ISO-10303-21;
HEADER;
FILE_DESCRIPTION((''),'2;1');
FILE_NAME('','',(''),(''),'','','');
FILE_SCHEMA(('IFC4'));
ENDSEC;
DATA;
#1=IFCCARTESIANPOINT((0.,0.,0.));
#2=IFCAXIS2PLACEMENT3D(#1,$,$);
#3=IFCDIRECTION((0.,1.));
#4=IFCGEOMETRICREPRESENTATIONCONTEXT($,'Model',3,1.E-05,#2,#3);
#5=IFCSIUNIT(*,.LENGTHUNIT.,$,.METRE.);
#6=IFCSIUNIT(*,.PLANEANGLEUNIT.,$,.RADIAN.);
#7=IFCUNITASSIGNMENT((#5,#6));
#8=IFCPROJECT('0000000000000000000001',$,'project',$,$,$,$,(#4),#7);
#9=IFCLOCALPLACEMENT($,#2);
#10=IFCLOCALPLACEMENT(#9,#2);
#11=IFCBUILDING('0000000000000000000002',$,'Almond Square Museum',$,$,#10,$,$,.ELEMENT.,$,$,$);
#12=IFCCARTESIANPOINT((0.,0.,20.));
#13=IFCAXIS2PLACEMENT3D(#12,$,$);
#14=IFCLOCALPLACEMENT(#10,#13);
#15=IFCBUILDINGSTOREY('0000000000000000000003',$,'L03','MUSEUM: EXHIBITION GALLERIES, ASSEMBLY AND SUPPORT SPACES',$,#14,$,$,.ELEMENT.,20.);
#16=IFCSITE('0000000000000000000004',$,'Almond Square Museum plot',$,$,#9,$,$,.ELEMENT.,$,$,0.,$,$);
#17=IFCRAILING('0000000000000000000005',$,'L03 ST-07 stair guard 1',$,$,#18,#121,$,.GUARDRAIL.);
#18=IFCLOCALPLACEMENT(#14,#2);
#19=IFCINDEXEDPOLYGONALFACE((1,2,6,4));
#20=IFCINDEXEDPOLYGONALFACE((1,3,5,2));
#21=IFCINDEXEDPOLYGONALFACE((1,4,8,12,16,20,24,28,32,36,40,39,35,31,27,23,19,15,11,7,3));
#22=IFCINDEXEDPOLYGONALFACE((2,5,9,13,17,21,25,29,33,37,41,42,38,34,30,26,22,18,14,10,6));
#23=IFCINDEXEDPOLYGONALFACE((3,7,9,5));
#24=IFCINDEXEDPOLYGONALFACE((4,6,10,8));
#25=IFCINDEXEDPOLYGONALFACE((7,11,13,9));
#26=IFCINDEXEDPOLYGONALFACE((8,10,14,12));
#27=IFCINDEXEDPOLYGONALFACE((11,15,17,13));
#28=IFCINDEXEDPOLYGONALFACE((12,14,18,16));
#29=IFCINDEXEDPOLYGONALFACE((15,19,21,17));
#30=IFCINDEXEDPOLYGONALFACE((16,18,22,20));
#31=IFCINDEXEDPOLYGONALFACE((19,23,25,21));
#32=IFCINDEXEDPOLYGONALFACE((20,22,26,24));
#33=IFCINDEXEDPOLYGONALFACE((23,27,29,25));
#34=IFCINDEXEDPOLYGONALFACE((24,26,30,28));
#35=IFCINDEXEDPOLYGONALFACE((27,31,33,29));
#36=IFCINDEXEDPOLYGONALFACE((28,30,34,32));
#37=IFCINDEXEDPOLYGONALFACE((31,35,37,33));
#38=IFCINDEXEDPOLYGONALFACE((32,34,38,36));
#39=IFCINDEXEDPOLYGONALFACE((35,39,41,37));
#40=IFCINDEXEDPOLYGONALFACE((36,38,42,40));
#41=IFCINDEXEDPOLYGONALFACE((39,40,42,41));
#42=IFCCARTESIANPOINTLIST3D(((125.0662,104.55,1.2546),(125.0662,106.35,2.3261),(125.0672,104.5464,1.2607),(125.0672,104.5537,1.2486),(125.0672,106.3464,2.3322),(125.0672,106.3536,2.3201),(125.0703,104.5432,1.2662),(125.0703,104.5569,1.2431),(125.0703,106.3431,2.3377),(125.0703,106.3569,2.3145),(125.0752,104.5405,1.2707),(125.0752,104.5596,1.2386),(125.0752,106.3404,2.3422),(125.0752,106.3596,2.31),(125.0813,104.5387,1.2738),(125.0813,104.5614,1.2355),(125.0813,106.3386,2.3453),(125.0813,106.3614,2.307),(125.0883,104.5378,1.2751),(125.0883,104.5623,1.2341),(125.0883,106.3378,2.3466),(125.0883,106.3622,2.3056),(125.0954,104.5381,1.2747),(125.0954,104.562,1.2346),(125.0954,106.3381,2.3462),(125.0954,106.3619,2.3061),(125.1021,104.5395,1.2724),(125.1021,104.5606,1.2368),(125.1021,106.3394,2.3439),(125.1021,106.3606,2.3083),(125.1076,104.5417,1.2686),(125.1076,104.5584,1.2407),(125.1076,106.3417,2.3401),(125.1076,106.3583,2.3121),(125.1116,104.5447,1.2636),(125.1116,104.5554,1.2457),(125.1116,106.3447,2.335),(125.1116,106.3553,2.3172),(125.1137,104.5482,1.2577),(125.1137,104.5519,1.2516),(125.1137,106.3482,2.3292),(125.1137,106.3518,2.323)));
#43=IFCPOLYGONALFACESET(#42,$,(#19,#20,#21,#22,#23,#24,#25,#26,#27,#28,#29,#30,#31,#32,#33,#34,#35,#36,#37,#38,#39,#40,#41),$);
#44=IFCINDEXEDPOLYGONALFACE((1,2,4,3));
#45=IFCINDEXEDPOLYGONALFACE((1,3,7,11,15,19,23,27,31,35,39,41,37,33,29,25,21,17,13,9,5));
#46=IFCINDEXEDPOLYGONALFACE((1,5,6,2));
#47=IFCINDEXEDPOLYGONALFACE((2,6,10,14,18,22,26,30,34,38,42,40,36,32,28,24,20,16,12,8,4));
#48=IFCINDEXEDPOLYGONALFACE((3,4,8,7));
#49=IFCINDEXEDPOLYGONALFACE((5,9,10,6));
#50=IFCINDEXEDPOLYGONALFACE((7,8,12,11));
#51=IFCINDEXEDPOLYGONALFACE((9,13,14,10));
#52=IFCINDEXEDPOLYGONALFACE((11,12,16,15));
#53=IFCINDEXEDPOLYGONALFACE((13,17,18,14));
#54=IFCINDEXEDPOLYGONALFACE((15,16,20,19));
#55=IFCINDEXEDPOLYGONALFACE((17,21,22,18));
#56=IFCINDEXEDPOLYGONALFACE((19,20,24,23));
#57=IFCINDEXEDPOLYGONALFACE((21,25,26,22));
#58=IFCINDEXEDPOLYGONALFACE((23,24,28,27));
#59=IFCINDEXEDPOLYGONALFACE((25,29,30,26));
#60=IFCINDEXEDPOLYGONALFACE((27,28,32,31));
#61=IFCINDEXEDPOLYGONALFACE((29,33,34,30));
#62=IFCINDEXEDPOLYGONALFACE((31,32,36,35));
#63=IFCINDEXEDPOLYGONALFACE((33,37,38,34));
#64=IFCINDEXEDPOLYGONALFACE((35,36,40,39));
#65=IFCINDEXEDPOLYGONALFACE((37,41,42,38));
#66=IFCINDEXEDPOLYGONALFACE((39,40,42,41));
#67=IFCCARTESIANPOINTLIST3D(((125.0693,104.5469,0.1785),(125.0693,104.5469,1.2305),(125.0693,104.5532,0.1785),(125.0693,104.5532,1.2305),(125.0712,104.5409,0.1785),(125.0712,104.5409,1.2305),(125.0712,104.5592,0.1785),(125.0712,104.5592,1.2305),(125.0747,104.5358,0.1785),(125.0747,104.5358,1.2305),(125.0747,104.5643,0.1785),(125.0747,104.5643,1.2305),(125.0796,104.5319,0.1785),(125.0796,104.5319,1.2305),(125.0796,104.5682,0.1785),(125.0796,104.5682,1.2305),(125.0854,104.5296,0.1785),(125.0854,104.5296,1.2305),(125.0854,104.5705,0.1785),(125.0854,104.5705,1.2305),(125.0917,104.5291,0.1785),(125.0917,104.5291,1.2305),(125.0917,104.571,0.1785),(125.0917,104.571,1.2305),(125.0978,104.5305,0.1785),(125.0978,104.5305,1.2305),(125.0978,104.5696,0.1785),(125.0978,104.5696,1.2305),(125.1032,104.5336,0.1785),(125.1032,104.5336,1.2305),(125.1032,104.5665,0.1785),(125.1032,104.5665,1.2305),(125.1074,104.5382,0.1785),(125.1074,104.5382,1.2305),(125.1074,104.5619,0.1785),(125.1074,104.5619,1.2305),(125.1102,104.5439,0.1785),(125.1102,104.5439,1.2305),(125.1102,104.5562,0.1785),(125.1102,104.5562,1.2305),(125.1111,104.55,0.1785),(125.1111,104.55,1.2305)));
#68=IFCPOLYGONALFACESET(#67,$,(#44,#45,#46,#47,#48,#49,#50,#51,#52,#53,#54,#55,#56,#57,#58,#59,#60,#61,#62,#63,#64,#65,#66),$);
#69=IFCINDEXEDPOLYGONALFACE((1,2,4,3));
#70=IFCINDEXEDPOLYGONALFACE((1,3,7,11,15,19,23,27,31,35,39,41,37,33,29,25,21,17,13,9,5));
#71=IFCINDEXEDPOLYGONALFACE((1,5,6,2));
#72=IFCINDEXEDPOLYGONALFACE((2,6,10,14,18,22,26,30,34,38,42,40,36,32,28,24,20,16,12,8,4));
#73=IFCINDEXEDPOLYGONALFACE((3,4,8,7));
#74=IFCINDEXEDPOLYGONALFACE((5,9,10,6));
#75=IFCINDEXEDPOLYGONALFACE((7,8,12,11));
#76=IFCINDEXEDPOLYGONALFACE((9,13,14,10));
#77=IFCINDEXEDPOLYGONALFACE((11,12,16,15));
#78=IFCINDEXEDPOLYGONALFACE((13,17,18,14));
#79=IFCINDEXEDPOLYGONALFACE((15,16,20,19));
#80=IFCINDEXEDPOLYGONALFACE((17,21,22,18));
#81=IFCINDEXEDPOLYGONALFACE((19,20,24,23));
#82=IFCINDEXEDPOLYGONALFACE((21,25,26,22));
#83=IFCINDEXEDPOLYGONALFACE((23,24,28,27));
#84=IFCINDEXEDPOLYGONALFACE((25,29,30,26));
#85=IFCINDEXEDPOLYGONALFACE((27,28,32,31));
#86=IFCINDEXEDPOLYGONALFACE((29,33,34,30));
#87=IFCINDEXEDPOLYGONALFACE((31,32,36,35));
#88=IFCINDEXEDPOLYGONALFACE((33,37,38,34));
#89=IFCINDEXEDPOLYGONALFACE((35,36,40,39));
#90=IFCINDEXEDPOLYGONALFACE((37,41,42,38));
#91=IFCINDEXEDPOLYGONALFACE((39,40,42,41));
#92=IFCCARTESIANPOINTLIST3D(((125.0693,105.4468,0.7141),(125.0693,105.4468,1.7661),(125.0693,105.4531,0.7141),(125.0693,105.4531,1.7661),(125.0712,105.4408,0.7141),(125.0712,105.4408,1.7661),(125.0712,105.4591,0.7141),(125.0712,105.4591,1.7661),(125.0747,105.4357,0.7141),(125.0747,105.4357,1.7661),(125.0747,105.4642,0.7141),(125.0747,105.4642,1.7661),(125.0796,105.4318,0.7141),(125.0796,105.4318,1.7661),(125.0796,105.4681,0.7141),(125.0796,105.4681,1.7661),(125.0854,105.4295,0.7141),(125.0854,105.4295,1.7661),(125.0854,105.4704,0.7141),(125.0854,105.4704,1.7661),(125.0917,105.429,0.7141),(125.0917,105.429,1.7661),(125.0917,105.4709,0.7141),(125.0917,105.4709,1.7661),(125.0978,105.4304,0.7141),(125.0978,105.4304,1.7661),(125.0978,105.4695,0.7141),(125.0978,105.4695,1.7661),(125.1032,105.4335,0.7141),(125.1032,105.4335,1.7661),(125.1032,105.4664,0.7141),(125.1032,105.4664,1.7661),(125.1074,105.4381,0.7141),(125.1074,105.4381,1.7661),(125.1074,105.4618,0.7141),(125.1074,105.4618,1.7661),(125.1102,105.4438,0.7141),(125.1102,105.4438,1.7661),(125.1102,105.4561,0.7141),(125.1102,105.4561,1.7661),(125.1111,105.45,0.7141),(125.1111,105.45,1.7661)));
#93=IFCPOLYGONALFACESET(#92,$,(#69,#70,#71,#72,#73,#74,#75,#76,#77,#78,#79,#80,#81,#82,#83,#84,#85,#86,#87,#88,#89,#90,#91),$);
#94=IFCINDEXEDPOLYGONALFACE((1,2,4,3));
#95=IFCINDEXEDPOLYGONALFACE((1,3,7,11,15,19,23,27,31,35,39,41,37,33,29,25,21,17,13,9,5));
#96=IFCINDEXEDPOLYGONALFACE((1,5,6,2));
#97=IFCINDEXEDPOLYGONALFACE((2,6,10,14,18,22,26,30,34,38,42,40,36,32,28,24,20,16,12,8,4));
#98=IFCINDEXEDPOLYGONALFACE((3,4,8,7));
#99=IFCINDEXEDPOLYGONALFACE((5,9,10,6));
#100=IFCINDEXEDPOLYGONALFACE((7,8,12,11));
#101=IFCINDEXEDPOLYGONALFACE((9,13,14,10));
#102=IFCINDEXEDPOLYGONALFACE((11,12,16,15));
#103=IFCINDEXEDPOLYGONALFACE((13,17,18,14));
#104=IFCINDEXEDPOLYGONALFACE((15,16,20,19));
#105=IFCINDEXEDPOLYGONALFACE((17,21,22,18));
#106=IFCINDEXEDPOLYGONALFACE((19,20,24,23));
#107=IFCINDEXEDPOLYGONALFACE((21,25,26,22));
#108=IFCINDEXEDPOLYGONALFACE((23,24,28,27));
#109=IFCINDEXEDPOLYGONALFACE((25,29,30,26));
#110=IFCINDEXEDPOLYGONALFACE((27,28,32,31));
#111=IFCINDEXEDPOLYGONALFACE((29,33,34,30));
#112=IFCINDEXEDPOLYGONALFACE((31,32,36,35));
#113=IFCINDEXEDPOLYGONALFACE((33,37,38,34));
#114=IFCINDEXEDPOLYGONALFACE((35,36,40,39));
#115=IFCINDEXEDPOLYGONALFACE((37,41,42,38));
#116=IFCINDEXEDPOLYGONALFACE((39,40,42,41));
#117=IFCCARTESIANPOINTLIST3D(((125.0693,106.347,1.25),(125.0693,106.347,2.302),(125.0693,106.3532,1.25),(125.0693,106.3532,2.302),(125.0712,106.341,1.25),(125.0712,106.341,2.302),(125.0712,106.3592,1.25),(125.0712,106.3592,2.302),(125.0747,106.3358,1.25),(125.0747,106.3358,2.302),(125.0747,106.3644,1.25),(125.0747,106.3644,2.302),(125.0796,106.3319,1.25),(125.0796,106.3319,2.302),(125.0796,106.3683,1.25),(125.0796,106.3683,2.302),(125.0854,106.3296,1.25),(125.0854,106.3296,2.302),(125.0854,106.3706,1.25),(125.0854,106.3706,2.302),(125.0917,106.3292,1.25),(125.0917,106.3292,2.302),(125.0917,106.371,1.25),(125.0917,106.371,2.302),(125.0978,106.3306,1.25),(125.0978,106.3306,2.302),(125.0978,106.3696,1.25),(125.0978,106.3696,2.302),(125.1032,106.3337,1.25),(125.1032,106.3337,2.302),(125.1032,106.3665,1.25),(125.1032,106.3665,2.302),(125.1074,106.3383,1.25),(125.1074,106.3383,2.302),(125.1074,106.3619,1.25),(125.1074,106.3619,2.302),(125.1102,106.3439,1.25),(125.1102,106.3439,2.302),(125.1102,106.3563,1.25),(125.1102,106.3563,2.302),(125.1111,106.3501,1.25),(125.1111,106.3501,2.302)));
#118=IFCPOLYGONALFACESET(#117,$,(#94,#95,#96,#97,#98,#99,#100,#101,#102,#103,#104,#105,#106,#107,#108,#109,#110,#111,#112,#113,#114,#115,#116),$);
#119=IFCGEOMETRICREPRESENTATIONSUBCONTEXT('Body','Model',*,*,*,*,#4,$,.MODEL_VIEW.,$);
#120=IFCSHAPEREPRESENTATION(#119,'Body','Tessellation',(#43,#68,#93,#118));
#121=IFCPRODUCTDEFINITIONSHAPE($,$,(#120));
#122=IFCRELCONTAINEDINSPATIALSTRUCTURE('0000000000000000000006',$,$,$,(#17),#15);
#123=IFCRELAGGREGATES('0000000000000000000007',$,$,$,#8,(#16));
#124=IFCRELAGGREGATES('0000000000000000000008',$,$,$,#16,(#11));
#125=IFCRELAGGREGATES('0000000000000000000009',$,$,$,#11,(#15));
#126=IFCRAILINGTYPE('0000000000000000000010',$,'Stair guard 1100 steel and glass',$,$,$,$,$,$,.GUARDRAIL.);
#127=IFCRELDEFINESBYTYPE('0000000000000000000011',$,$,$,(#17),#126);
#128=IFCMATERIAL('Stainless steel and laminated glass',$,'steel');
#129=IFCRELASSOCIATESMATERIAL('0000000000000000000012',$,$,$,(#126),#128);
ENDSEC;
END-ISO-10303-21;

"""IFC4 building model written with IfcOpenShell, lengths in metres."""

from ifc_helpers import new_model, si_unit, direction, frame, origin, origin_2d, place, context, subcontext, project, spatial, circle, extrude, material, type_object, element, save


model = new_model("IFC4")

# Units and contexts
model_context = context("Model", 3, precision=1e-05, world=origin(), true_north=direction((0.0, 1.0)))
body_context = subcontext(model_context, "Body", "Model", "MODEL_VIEW")
ifc_project = project(units=[si_unit("LENGTHUNIT", "METRE"), si_unit("PLANEANGLEUNIT", "RADIAN")], contexts=[model_context])

# Site, building, storey
site_placement = place(None, origin())
site = spatial("IfcSite", under=ifc_project, at=site_placement, Name="Almond Square Museum plot", CompositionType="ELEMENT", RefElevation=0.0)
building_placement = place(site_placement, origin())
building = spatial("IfcBuilding", under=site, at=building_placement, Name="Almond Square Museum", CompositionType="ELEMENT")
storey_placement = place(building_placement, frame((0.0, 0.0, 20.0)))
storey = spatial("IfcBuildingStorey", under=building, at=storey_placement, Name="L03", Description="MUSEUM: EXHIBITION GALLERIES, ASSEMBLY AND SUPPORT SPACES", CompositionType="ELEMENT", Elevation=20.0)

# Railing
ifc_material_1 = material(Name="Stainless steel and laminated glass", Category="steel")
railing_type_1 = type_object("IfcRailingType", Name="Stair guard 1100 steel and glass", PredefinedType="GUARDRAIL", material=ifc_material_1)
railing_1_placement = place(storey_placement, frame((125.0901, 104.55, 0.1785)))
element("IfcRailing", 1, at=railing_1_placement, inside=storey, type_object=railing_type_1, Name="L03 ST-07 stair guard 1", PredefinedType="GUARDRAIL", context=body_context, shape_type="SweptSolid", body=[
    extrude(circle(Radius=0.0239, at=origin_2d()), frame((0.0, 0.0, 1.0762), z_axis=(0.0, 0.859277, 0.51151), x_axis=(-1.0, 0.0, 0.0)), (0.0, 0.0, 1.0), 2.0947),
    extrude(circle(Radius=0.021, at=origin_2d()), origin(), (0.0, 0.0, 1.0), 1.052),
    extrude(circle(Radius=0.021, at=origin_2d()), frame((0.0, 0.8999, 0.5356)), (0.0, 0.0, 1.0), 1.052),
    extrude(circle(Radius=0.021, at=origin_2d()), frame((0.0, 1.8, 1.0715)), (0.0, 0.0, 1.0), 1.052),
])

save(model, "model.ifc")
